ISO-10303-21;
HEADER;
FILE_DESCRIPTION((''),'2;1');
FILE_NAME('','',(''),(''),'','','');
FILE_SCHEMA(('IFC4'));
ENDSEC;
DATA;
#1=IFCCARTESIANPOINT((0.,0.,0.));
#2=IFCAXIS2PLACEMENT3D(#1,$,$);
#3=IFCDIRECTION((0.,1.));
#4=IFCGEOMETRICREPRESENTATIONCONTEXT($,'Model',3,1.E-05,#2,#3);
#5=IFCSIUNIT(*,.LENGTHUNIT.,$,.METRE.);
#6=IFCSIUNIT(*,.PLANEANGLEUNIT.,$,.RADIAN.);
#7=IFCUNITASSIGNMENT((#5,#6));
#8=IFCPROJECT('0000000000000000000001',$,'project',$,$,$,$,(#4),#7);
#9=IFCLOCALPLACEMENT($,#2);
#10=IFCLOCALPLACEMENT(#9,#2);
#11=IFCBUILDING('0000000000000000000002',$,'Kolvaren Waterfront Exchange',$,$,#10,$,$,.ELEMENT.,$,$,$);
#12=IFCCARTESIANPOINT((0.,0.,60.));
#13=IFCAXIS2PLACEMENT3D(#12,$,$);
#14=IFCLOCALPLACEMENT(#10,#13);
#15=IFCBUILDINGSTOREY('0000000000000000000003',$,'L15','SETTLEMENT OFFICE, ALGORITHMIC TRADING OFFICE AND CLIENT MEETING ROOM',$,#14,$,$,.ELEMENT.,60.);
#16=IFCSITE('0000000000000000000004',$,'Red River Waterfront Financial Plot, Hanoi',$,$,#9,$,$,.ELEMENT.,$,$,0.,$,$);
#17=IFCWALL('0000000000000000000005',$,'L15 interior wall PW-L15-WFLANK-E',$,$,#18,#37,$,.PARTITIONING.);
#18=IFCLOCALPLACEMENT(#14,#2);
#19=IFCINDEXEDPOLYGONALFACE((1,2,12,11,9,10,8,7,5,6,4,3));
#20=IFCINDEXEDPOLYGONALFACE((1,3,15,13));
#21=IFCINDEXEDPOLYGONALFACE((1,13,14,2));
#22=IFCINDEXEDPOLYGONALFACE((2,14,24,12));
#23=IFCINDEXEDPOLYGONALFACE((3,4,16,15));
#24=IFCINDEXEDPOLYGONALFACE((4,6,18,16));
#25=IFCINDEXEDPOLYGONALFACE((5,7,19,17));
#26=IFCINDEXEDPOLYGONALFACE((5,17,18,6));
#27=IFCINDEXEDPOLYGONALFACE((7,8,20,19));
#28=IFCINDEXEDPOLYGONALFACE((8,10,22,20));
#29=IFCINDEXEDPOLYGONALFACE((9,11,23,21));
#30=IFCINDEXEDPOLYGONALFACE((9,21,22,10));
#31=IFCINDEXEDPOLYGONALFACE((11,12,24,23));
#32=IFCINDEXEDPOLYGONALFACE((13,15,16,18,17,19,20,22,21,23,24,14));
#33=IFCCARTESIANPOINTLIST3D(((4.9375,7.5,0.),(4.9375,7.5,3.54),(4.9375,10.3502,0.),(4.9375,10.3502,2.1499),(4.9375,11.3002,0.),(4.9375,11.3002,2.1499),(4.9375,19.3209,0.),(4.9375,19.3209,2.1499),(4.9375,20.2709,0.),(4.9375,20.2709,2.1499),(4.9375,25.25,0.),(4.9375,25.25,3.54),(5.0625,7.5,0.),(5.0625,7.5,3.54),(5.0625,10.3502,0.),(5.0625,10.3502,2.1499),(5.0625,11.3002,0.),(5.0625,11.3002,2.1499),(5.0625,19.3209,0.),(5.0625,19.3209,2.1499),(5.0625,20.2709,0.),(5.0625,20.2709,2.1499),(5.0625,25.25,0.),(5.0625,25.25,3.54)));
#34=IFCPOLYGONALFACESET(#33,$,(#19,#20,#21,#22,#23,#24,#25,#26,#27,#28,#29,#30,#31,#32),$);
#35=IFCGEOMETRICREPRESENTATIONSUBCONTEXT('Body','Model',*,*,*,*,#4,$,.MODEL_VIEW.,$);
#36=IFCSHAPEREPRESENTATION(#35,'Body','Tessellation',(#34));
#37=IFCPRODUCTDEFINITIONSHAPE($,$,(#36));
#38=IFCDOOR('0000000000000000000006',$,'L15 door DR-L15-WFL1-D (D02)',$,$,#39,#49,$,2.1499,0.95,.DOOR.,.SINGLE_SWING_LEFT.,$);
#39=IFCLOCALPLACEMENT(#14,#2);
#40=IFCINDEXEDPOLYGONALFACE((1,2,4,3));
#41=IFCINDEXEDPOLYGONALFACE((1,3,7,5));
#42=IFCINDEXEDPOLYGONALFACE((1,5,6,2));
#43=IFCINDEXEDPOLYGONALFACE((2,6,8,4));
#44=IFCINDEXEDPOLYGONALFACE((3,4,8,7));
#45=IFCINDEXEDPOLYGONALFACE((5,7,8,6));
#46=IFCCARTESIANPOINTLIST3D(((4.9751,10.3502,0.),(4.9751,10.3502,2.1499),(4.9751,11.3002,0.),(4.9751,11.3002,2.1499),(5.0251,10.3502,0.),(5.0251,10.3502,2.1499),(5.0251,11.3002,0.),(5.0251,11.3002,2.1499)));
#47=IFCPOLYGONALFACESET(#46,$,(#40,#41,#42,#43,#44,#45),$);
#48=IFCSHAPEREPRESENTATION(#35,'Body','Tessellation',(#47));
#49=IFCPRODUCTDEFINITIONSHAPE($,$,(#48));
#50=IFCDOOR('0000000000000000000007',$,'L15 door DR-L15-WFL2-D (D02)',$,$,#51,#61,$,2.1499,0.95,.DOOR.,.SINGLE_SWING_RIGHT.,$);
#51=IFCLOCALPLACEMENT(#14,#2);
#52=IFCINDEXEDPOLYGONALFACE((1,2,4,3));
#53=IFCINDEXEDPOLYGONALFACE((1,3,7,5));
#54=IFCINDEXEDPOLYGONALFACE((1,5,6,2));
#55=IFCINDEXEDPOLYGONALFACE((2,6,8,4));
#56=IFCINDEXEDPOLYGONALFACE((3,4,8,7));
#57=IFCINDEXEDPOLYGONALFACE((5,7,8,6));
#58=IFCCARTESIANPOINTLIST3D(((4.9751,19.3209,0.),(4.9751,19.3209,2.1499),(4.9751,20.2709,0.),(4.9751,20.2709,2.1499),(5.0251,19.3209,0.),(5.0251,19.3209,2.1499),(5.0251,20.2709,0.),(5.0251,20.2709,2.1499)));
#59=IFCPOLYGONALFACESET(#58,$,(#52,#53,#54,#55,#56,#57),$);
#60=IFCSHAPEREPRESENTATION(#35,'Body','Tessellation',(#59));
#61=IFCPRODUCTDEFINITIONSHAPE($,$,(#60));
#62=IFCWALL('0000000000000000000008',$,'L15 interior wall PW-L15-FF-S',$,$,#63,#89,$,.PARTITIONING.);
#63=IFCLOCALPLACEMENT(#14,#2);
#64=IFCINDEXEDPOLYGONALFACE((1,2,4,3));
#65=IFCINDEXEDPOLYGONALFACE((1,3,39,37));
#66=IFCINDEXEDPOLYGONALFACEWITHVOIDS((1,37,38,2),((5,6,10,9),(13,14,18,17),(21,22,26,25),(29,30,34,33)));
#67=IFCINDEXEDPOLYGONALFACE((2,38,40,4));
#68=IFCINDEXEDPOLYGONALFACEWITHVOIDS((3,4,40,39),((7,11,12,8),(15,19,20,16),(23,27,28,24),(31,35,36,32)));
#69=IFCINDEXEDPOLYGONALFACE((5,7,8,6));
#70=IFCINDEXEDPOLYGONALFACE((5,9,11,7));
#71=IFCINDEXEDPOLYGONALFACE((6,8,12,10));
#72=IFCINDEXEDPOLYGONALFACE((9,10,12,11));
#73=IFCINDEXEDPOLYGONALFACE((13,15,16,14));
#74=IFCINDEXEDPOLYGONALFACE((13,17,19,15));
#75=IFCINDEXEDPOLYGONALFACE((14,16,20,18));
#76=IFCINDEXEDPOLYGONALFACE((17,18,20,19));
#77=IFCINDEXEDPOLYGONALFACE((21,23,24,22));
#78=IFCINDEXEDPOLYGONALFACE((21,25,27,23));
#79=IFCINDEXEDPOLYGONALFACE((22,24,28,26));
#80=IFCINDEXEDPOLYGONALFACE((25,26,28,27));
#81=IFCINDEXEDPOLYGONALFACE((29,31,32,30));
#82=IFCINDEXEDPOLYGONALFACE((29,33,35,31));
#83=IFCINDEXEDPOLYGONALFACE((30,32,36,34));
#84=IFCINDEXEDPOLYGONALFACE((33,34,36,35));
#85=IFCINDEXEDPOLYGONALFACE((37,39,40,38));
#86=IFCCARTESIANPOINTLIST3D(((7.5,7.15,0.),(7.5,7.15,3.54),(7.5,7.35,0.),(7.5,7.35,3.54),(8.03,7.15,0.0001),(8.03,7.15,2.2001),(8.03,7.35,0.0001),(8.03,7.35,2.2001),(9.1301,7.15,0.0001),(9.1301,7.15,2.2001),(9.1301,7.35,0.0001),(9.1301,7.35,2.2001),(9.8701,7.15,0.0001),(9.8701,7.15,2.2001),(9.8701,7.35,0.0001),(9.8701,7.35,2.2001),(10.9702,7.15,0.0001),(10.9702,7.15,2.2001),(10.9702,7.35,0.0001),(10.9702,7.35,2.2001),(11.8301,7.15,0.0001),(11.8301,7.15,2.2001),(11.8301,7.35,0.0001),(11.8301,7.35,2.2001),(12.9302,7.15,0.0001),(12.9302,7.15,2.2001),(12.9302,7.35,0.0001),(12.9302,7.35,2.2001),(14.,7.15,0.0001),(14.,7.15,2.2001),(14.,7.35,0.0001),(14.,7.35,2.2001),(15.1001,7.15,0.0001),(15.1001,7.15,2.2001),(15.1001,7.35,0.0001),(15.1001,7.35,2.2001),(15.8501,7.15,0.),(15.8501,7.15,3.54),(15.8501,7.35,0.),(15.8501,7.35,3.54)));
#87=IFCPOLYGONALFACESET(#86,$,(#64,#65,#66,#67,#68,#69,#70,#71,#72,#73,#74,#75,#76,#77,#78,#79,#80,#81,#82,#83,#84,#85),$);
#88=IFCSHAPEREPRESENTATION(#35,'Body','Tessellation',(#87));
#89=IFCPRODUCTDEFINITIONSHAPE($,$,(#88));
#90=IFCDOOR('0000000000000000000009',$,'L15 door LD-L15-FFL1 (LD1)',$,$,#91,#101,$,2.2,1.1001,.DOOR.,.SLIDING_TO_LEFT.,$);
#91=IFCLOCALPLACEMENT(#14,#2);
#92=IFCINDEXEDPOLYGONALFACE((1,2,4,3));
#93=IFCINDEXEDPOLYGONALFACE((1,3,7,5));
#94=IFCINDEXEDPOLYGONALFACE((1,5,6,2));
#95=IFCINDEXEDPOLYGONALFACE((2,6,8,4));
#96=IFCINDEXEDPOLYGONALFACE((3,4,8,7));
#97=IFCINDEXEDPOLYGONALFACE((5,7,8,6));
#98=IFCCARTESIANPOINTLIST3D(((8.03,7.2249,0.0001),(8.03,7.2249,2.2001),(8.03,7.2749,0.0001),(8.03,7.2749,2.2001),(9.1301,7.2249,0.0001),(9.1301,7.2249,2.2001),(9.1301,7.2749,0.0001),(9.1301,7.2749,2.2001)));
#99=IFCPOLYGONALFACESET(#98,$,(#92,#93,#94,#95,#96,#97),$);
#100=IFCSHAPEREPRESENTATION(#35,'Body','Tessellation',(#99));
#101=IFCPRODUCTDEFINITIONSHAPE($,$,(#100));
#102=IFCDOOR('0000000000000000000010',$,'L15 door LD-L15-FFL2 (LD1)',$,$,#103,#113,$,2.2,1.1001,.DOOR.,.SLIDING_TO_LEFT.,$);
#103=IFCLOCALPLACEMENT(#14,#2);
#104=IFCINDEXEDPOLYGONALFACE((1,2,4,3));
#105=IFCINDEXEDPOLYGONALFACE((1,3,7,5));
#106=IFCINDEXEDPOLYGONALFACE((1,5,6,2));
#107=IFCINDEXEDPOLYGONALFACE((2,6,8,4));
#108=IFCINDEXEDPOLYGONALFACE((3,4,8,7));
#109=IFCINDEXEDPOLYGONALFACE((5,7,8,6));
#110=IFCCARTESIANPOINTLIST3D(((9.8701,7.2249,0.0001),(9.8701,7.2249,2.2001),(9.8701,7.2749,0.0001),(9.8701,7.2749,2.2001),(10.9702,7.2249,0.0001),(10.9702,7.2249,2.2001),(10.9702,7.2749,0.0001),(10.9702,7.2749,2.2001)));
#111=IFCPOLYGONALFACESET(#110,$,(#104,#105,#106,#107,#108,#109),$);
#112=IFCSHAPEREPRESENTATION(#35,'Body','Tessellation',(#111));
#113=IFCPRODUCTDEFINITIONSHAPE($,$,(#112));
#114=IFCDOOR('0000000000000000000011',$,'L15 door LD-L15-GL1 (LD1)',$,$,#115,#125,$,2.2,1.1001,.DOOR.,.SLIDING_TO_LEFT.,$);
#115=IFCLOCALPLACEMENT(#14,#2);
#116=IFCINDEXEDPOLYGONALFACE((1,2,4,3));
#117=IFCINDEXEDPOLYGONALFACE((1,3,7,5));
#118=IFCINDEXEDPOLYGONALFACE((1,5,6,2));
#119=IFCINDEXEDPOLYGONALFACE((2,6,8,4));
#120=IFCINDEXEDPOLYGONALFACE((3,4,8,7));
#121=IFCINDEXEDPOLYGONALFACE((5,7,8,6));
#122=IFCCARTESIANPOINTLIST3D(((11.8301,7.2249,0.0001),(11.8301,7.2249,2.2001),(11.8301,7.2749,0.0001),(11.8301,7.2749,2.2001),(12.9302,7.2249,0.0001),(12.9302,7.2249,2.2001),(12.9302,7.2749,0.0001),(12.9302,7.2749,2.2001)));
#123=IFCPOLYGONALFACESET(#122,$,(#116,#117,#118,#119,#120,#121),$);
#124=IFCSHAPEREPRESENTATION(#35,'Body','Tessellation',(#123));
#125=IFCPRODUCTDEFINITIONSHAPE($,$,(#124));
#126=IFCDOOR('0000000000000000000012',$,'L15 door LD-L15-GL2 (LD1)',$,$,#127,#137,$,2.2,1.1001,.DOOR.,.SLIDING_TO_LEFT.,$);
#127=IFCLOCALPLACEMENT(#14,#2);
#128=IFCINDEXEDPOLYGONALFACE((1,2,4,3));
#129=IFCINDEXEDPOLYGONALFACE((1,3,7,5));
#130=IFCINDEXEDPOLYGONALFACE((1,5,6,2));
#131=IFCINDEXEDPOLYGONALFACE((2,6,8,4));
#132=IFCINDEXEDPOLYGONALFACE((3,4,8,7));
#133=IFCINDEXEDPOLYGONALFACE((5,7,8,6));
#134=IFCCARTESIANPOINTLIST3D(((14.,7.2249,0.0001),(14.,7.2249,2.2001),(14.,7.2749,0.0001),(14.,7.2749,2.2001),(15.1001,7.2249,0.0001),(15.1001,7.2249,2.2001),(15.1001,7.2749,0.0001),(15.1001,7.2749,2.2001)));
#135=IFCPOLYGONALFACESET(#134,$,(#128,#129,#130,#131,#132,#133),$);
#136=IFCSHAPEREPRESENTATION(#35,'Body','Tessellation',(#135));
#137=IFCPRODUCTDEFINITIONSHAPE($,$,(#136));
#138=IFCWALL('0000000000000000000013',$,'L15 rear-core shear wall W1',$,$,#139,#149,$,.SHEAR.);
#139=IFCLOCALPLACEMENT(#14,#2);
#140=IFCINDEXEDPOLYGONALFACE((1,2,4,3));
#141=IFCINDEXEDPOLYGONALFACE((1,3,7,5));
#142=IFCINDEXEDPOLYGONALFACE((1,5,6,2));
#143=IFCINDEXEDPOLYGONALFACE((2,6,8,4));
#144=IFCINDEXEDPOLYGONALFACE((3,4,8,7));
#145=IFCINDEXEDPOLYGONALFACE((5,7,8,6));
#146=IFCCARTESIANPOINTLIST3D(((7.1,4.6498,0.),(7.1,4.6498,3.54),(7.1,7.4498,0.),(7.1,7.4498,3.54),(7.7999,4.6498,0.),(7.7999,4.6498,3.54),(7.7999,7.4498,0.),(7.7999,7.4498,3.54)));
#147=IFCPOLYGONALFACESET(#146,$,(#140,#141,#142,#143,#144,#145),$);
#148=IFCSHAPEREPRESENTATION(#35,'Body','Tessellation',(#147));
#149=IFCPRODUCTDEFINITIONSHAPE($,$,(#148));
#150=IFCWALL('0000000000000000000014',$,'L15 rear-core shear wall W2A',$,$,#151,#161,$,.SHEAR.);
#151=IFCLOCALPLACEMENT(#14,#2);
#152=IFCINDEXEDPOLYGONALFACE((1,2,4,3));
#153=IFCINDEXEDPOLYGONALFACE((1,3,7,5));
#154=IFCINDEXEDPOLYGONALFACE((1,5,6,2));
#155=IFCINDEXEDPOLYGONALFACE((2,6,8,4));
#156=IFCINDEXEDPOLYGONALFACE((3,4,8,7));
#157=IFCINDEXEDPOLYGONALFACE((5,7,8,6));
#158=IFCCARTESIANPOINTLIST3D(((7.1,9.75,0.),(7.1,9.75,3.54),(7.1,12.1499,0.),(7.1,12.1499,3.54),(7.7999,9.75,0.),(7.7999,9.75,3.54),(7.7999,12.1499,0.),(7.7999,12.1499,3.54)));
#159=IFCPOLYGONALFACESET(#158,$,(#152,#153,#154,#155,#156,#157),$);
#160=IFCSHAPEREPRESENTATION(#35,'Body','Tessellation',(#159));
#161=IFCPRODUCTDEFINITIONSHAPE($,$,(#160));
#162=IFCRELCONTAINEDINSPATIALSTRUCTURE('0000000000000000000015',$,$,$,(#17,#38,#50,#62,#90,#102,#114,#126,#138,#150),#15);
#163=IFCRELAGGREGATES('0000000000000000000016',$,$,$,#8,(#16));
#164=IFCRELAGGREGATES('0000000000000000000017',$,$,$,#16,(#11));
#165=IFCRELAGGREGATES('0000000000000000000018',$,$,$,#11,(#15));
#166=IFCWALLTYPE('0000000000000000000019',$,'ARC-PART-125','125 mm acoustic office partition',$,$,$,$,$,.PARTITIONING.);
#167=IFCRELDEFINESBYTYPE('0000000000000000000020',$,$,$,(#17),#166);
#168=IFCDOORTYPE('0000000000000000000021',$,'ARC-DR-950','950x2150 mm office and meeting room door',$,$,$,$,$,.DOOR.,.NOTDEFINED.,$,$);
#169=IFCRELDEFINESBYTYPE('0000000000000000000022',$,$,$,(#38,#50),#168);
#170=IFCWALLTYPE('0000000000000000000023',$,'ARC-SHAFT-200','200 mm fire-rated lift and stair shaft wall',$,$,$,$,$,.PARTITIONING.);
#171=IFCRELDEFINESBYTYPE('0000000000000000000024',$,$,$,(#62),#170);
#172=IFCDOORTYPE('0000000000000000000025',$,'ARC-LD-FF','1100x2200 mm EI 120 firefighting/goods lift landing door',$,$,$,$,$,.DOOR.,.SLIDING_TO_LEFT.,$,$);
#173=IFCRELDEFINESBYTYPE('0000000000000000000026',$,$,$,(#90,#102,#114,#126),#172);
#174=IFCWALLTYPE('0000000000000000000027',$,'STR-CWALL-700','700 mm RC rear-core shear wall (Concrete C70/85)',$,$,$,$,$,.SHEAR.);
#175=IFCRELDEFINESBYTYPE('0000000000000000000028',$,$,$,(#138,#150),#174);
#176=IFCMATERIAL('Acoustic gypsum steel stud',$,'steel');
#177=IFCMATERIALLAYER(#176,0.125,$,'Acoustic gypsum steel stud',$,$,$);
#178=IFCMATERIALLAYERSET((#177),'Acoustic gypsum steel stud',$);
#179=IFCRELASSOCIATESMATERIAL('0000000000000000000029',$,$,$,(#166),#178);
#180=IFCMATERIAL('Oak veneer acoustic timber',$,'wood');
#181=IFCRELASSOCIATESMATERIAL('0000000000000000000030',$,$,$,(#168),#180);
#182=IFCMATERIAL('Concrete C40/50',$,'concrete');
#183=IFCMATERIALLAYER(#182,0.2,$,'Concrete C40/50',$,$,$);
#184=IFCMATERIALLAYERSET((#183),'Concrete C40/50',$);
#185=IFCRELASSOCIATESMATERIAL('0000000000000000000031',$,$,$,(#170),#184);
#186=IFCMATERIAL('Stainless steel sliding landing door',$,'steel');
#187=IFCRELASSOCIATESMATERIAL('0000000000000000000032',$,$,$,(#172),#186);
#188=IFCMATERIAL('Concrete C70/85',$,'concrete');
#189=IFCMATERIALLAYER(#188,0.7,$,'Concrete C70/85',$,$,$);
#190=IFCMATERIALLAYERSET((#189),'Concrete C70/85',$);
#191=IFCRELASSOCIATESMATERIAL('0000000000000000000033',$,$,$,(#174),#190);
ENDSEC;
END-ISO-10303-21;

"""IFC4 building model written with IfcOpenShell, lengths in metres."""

from ifc_helpers import new_model, si_unit, direction, frame, frame_2d, origin, place, context, subcontext, project, spatial, rectangle, extrude, material, layer, layer_set, type_object, element, fill, save


model = new_model("IFC4")

# Units and contexts
model_context = context("Model", 3, precision=1e-05, world=origin(), true_north=direction((0.0, 1.0)))
body_context = subcontext(model_context, "Body", "Model", "MODEL_VIEW")
ifc_project = project(units=[si_unit("LENGTHUNIT", "METRE"), si_unit("PLANEANGLEUNIT", "RADIAN")], contexts=[model_context])

# Site, building, storey
site_placement = place(None, origin())
site = spatial("IfcSite", under=ifc_project, at=site_placement, Name="Red River Waterfront Financial Plot, Hanoi", CompositionType="ELEMENT", RefElevation=0.0)
building_placement = place(site_placement, origin())
building = spatial("IfcBuilding", under=site, at=building_placement, Name="Kolvaren Waterfront Exchange", CompositionType="ELEMENT")
storey_placement = place(building_placement, frame((0.0, 0.0, 60.0)))
storey = spatial("IfcBuildingStorey", under=building, at=storey_placement, Name="L15", Description="SETTLEMENT OFFICE, ALGORITHMIC TRADING OFFICE AND CLIENT MEETING ROOM", CompositionType="ELEMENT", Elevation=60.0)

# Shared definitions
ifc_material_1 = material(Name="Concrete C70/85", Category="concrete")

# Shared definitions
ifc_material_2 = material(Name="Acoustic gypsum steel stud", Category="steel")
ifc_layer_1 = layer(ifc_material_2, 0.125, Name="Acoustic gypsum steel stud")
ifc_layer_set_1 = layer_set([ifc_layer_1], Name="Acoustic gypsum steel stud")
wall_type_1 = type_object("IfcWallType", Name="ARC-PART-125", Description="125 mm acoustic office partition", PredefinedType="PARTITIONING", material=ifc_layer_set_1)

# Walls, openings, doors
wall_1_placement = place(storey_placement, frame((5.0, 7.5, 0.0), z_axis=(0.0, 0.0, 1.0), x_axis=(0.0, 1.0, 0.0)))
wall_1 = element("IfcWall", 1, at=wall_1_placement, inside=storey, type_object=wall_type_1, Name="L15 interior wall PW-L15-WFLANK-E", PredefinedType="PARTITIONING", context=body_context, shape_type="SweptSolid", body=[
    extrude(rectangle(XDim=17.75, YDim=0.125, at=frame_2d((8.875, 0.0))), origin(), (0.0, 0.0, 1.0), 3.54),
])
opening_1_placement = place(wall_1_placement, frame((2.8501, 0.0, 0.0)))
opening_1 = element("IfcOpeningElement", 2, at=opening_1_placement, cuts=wall_1, PredefinedType="OPENING", context=body_context, shape_type="SweptSolid", body=[
    extrude(rectangle(XDim=0.95, YDim=2.1499, at=frame_2d((0.4751, 1.075))), frame((0.0, 0.0725, 0.0), z_axis=(0.0, -1.0, 0.0), x_axis=(1.0, 0.0, 0.0)), (0.0, 0.0, 1.0), 0.145),
])
opening_2_placement = place(wall_1_placement, frame((11.8208, 0.0, 0.0)))
opening_2 = element("IfcOpeningElement", 3, at=opening_2_placement, cuts=wall_1, PredefinedType="OPENING", context=body_context, shape_type="SweptSolid", body=[
    extrude(rectangle(XDim=0.95, YDim=2.1499, at=frame_2d((0.4751, 1.075))), frame((0.0, 0.0725, 0.0), z_axis=(0.0, -1.0, 0.0), x_axis=(1.0, 0.0, 0.0)), (0.0, 0.0, 1.0), 0.145),
])
ifc_material_3 = material(Name="Oak veneer acoustic timber", Category="wood")
door_type_1 = type_object("IfcDoorType", Name="ARC-DR-950", Description="950x2150 mm office and meeting room door", OperationType="NOTDEFINED", PredefinedType="DOOR", material=ifc_material_3)
door_1_placement = place(opening_1_placement, origin())
door_1 = element("IfcDoor", 4, at=door_1_placement, inside=storey, type_object=door_type_1, Name="L15 door DR-L15-WFL1-D (D02)", OperationType="SINGLE_SWING_LEFT", OverallHeight=2.1499, OverallWidth=0.95, PredefinedType="DOOR", context=body_context, shape_type="SweptSolid", body=[
    extrude(rectangle(XDim=0.95, YDim=2.1499, at=frame_2d((0.4751, 1.075))), frame((0.0, 0.0249, 0.0), z_axis=(0.0, -1.0, 0.0), x_axis=(1.0, 0.0, 0.0)), (0.0, 0.0, 1.0), 0.05),
])
fill(opening_1, door_1)
door_2_placement = place(opening_2_placement, origin())
door_2 = element("IfcDoor", 5, at=door_2_placement, inside=storey, type_object=door_type_1, Name="L15 door DR-L15-WFL2-D (D02)", OperationType="SINGLE_SWING_RIGHT", OverallHeight=2.1499, OverallWidth=0.95, PredefinedType="DOOR", context=body_context, shape_type="SweptSolid", body=[
    extrude(rectangle(XDim=0.95, YDim=2.1499, at=frame_2d((0.4751, 1.075))), frame((0.0, 0.0249, 0.0), z_axis=(0.0, -1.0, 0.0), x_axis=(1.0, 0.0, 0.0)), (0.0, 0.0, 1.0), 0.05),
])
fill(opening_2, door_2)
ifc_material_4 = material(Name="Concrete C40/50", Category="concrete")
ifc_layer_2 = layer(ifc_material_4, 0.2, Name="Concrete C40/50")
ifc_layer_set_2 = layer_set([ifc_layer_2], Name="Concrete C40/50")
wall_type_2 = type_object("IfcWallType", Name="ARC-SHAFT-200", Description="200 mm fire-rated lift and stair shaft wall", PredefinedType="PARTITIONING", material=ifc_layer_set_2)
wall_2_placement = place(storey_placement, frame((7.5, 7.25, 0.0), z_axis=(0.0, 0.0, 1.0), x_axis=(1.0, 0.0, 0.0)))
wall_2 = element("IfcWall", 6, at=wall_2_placement, inside=storey, type_object=wall_type_2, Name="L15 interior wall PW-L15-FF-S", PredefinedType="PARTITIONING", context=body_context, shape_type="SweptSolid", body=[
    extrude(rectangle(XDim=8.3501, YDim=0.2, at=frame_2d((4.175, 0.0))), origin(), (0.0, 0.0, 1.0), 3.54),
])
opening_3_placement = place(wall_2_placement, frame((0.53, 0.0, 0.0)))
opening_3 = element("IfcOpeningElement", 7, at=opening_3_placement, cuts=wall_2, PredefinedType="OPENING", context=body_context, shape_type="SweptSolid", body=[
    extrude(rectangle(XDim=1.1001, YDim=2.2, at=frame_2d((0.55, 1.1001))), frame((0.0, 0.1099, 0.0), z_axis=(0.0, -1.0, 0.0), x_axis=(1.0, 0.0, 0.0)), (0.0, 0.0, 1.0), 0.22),
])
opening_4_placement = place(wall_2_placement, frame((2.3701, 0.0, 0.0)))
opening_4 = element("IfcOpeningElement", 8, at=opening_4_placement, cuts=wall_2, PredefinedType="OPENING", context=body_context, shape_type="SweptSolid", body=[
    extrude(rectangle(XDim=1.1001, YDim=2.2, at=frame_2d((0.55, 1.1001))), frame((0.0, 0.1099, 0.0), z_axis=(0.0, -1.0, 0.0), x_axis=(1.0, 0.0, 0.0)), (0.0, 0.0, 1.0), 0.22),
])
opening_5_placement = place(wall_2_placement, frame((4.3301, 0.0, 0.0)))
opening_5 = element("IfcOpeningElement", 9, at=opening_5_placement, cuts=wall_2, PredefinedType="OPENING", context=body_context, shape_type="SweptSolid", body=[
    extrude(rectangle(XDim=1.1001, YDim=2.2, at=frame_2d((0.55, 1.1001))), frame((0.0, 0.1099, 0.0), z_axis=(0.0, -1.0, 0.0), x_axis=(1.0, 0.0, 0.0)), (0.0, 0.0, 1.0), 0.22),
])
opening_6_placement = place(wall_2_placement, frame((6.5, 0.0, 0.0)))
opening_6 = element("IfcOpeningElement", 10, at=opening_6_placement, cuts=wall_2, PredefinedType="OPENING", context=body_context, shape_type="SweptSolid", body=[
    extrude(rectangle(XDim=1.1001, YDim=2.2, at=frame_2d((0.55, 1.1001))), frame((0.0, 0.1099, 0.0), z_axis=(0.0, -1.0, 0.0), x_axis=(1.0, 0.0, 0.0)), (0.0, 0.0, 1.0), 0.22),
])
ifc_material_5 = material(Name="Stainless steel sliding landing door", Category="steel")
door_type_2 = type_object("IfcDoorType", Name="ARC-LD-FF", Description="1100x2200 mm EI 120 firefighting/goods lift landing door", OperationType="SLIDING_TO_LEFT", PredefinedType="DOOR", material=ifc_material_5)
door_3_placement = place(opening_3_placement, origin())
door_3 = element("IfcDoor", 11, at=door_3_placement, inside=storey, type_object=door_type_2, Name="L15 door LD-L15-FFL1 (LD1)", OperationType="SLIDING_TO_LEFT", OverallHeight=2.2, OverallWidth=1.1001, PredefinedType="DOOR", context=body_context, shape_type="SweptSolid", body=[
    extrude(rectangle(XDim=1.1001, YDim=2.2, at=frame_2d((0.55, 1.1001))), frame((0.0, 0.0249, 0.0), z_axis=(0.0, -1.0, 0.0), x_axis=(1.0, 0.0, 0.0)), (0.0, 0.0, 1.0), 0.05),
])
fill(opening_3, door_3)
door_4_placement = place(opening_4_placement, origin())
door_4 = element("IfcDoor", 12, at=door_4_placement, inside=storey, type_object=door_type_2, Name="L15 door LD-L15-FFL2 (LD1)", OperationType="SLIDING_TO_LEFT", OverallHeight=2.2, OverallWidth=1.1001, PredefinedType="DOOR", context=body_context, shape_type="SweptSolid", body=[
    extrude(rectangle(XDim=1.1001, YDim=2.2, at=frame_2d((0.55, 1.1001))), frame((0.0, 0.0249, 0.0), z_axis=(0.0, -1.0, 0.0), x_axis=(1.0, 0.0, 0.0)), (0.0, 0.0, 1.0), 0.05),
])
fill(opening_4, door_4)
door_5_placement = place(opening_5_placement, origin())
door_5 = element("IfcDoor", 13, at=door_5_placement, inside=storey, type_object=door_type_2, Name="L15 door LD-L15-GL1 (LD1)", OperationType="SLIDING_TO_LEFT", OverallHeight=2.2, OverallWidth=1.1001, PredefinedType="DOOR", context=body_context, shape_type="SweptSolid", body=[
    extrude(rectangle(XDim=1.1001, YDim=2.2, at=frame_2d((0.55, 1.1001))), frame((0.0, 0.0249, 0.0), z_axis=(0.0, -1.0, 0.0), x_axis=(1.0, 0.0, 0.0)), (0.0, 0.0, 1.0), 0.05),
])
fill(opening_5, door_5)
door_6_placement = place(opening_6_placement, origin())
door_6 = element("IfcDoor", 14, at=door_6_placement, inside=storey, type_object=door_type_2, Name="L15 door LD-L15-GL2 (LD1)", OperationType="SLIDING_TO_LEFT", OverallHeight=2.2, OverallWidth=1.1001, PredefinedType="DOOR", context=body_context, shape_type="SweptSolid", body=[
    extrude(rectangle(XDim=1.1001, YDim=2.2, at=frame_2d((0.55, 1.1001))), frame((0.0, 0.0249, 0.0), z_axis=(0.0, -1.0, 0.0), x_axis=(1.0, 0.0, 0.0)), (0.0, 0.0, 1.0), 0.05),
])
fill(opening_6, door_6)

# Walls
ifc_layer_3 = layer(ifc_material_1, 0.7, Name="Concrete C70/85")
ifc_layer_set_3 = layer_set([ifc_layer_3], Name="Concrete C70/85")
wall_type_3 = type_object("IfcWallType", Name="STR-CWALL-700", Description="700 mm RC rear-core shear wall (Concrete C70/85)", PredefinedType="SHEAR", material=ifc_layer_set_3)
wall_3_placement = place(storey_placement, frame((7.45, 4.6499, 0.0), z_axis=(0.0, 0.0, 1.0), x_axis=(0.0, 1.0, 0.0)))
element("IfcWall", 15, at=wall_3_placement, inside=storey, type_object=wall_type_3, Name="L15 rear-core shear wall W1", PredefinedType="SHEAR", context=body_context, shape_type="SweptSolid", body=[
    extrude(rectangle(XDim=2.8, YDim=0.7, at=frame_2d((1.3999, 0.0))), origin(), (0.0, 0.0, 1.0), 3.54),
])
wall_4_placement = place(storey_placement, frame((7.45, 9.75, 0.0), z_axis=(0.0, 0.0, 1.0), x_axis=(0.0, 1.0, 0.0)))
element("IfcWall", 16, at=wall_4_placement, inside=storey, type_object=wall_type_3, Name="L15 rear-core shear wall W2A", PredefinedType="SHEAR", context=body_context, shape_type="SweptSolid", body=[
    extrude(rectangle(XDim=2.3999, YDim=0.7, at=frame_2d((1.2, 0.0))), origin(), (0.0, 0.0, 1.0), 3.54),
])

save(model, "model.ifc")
